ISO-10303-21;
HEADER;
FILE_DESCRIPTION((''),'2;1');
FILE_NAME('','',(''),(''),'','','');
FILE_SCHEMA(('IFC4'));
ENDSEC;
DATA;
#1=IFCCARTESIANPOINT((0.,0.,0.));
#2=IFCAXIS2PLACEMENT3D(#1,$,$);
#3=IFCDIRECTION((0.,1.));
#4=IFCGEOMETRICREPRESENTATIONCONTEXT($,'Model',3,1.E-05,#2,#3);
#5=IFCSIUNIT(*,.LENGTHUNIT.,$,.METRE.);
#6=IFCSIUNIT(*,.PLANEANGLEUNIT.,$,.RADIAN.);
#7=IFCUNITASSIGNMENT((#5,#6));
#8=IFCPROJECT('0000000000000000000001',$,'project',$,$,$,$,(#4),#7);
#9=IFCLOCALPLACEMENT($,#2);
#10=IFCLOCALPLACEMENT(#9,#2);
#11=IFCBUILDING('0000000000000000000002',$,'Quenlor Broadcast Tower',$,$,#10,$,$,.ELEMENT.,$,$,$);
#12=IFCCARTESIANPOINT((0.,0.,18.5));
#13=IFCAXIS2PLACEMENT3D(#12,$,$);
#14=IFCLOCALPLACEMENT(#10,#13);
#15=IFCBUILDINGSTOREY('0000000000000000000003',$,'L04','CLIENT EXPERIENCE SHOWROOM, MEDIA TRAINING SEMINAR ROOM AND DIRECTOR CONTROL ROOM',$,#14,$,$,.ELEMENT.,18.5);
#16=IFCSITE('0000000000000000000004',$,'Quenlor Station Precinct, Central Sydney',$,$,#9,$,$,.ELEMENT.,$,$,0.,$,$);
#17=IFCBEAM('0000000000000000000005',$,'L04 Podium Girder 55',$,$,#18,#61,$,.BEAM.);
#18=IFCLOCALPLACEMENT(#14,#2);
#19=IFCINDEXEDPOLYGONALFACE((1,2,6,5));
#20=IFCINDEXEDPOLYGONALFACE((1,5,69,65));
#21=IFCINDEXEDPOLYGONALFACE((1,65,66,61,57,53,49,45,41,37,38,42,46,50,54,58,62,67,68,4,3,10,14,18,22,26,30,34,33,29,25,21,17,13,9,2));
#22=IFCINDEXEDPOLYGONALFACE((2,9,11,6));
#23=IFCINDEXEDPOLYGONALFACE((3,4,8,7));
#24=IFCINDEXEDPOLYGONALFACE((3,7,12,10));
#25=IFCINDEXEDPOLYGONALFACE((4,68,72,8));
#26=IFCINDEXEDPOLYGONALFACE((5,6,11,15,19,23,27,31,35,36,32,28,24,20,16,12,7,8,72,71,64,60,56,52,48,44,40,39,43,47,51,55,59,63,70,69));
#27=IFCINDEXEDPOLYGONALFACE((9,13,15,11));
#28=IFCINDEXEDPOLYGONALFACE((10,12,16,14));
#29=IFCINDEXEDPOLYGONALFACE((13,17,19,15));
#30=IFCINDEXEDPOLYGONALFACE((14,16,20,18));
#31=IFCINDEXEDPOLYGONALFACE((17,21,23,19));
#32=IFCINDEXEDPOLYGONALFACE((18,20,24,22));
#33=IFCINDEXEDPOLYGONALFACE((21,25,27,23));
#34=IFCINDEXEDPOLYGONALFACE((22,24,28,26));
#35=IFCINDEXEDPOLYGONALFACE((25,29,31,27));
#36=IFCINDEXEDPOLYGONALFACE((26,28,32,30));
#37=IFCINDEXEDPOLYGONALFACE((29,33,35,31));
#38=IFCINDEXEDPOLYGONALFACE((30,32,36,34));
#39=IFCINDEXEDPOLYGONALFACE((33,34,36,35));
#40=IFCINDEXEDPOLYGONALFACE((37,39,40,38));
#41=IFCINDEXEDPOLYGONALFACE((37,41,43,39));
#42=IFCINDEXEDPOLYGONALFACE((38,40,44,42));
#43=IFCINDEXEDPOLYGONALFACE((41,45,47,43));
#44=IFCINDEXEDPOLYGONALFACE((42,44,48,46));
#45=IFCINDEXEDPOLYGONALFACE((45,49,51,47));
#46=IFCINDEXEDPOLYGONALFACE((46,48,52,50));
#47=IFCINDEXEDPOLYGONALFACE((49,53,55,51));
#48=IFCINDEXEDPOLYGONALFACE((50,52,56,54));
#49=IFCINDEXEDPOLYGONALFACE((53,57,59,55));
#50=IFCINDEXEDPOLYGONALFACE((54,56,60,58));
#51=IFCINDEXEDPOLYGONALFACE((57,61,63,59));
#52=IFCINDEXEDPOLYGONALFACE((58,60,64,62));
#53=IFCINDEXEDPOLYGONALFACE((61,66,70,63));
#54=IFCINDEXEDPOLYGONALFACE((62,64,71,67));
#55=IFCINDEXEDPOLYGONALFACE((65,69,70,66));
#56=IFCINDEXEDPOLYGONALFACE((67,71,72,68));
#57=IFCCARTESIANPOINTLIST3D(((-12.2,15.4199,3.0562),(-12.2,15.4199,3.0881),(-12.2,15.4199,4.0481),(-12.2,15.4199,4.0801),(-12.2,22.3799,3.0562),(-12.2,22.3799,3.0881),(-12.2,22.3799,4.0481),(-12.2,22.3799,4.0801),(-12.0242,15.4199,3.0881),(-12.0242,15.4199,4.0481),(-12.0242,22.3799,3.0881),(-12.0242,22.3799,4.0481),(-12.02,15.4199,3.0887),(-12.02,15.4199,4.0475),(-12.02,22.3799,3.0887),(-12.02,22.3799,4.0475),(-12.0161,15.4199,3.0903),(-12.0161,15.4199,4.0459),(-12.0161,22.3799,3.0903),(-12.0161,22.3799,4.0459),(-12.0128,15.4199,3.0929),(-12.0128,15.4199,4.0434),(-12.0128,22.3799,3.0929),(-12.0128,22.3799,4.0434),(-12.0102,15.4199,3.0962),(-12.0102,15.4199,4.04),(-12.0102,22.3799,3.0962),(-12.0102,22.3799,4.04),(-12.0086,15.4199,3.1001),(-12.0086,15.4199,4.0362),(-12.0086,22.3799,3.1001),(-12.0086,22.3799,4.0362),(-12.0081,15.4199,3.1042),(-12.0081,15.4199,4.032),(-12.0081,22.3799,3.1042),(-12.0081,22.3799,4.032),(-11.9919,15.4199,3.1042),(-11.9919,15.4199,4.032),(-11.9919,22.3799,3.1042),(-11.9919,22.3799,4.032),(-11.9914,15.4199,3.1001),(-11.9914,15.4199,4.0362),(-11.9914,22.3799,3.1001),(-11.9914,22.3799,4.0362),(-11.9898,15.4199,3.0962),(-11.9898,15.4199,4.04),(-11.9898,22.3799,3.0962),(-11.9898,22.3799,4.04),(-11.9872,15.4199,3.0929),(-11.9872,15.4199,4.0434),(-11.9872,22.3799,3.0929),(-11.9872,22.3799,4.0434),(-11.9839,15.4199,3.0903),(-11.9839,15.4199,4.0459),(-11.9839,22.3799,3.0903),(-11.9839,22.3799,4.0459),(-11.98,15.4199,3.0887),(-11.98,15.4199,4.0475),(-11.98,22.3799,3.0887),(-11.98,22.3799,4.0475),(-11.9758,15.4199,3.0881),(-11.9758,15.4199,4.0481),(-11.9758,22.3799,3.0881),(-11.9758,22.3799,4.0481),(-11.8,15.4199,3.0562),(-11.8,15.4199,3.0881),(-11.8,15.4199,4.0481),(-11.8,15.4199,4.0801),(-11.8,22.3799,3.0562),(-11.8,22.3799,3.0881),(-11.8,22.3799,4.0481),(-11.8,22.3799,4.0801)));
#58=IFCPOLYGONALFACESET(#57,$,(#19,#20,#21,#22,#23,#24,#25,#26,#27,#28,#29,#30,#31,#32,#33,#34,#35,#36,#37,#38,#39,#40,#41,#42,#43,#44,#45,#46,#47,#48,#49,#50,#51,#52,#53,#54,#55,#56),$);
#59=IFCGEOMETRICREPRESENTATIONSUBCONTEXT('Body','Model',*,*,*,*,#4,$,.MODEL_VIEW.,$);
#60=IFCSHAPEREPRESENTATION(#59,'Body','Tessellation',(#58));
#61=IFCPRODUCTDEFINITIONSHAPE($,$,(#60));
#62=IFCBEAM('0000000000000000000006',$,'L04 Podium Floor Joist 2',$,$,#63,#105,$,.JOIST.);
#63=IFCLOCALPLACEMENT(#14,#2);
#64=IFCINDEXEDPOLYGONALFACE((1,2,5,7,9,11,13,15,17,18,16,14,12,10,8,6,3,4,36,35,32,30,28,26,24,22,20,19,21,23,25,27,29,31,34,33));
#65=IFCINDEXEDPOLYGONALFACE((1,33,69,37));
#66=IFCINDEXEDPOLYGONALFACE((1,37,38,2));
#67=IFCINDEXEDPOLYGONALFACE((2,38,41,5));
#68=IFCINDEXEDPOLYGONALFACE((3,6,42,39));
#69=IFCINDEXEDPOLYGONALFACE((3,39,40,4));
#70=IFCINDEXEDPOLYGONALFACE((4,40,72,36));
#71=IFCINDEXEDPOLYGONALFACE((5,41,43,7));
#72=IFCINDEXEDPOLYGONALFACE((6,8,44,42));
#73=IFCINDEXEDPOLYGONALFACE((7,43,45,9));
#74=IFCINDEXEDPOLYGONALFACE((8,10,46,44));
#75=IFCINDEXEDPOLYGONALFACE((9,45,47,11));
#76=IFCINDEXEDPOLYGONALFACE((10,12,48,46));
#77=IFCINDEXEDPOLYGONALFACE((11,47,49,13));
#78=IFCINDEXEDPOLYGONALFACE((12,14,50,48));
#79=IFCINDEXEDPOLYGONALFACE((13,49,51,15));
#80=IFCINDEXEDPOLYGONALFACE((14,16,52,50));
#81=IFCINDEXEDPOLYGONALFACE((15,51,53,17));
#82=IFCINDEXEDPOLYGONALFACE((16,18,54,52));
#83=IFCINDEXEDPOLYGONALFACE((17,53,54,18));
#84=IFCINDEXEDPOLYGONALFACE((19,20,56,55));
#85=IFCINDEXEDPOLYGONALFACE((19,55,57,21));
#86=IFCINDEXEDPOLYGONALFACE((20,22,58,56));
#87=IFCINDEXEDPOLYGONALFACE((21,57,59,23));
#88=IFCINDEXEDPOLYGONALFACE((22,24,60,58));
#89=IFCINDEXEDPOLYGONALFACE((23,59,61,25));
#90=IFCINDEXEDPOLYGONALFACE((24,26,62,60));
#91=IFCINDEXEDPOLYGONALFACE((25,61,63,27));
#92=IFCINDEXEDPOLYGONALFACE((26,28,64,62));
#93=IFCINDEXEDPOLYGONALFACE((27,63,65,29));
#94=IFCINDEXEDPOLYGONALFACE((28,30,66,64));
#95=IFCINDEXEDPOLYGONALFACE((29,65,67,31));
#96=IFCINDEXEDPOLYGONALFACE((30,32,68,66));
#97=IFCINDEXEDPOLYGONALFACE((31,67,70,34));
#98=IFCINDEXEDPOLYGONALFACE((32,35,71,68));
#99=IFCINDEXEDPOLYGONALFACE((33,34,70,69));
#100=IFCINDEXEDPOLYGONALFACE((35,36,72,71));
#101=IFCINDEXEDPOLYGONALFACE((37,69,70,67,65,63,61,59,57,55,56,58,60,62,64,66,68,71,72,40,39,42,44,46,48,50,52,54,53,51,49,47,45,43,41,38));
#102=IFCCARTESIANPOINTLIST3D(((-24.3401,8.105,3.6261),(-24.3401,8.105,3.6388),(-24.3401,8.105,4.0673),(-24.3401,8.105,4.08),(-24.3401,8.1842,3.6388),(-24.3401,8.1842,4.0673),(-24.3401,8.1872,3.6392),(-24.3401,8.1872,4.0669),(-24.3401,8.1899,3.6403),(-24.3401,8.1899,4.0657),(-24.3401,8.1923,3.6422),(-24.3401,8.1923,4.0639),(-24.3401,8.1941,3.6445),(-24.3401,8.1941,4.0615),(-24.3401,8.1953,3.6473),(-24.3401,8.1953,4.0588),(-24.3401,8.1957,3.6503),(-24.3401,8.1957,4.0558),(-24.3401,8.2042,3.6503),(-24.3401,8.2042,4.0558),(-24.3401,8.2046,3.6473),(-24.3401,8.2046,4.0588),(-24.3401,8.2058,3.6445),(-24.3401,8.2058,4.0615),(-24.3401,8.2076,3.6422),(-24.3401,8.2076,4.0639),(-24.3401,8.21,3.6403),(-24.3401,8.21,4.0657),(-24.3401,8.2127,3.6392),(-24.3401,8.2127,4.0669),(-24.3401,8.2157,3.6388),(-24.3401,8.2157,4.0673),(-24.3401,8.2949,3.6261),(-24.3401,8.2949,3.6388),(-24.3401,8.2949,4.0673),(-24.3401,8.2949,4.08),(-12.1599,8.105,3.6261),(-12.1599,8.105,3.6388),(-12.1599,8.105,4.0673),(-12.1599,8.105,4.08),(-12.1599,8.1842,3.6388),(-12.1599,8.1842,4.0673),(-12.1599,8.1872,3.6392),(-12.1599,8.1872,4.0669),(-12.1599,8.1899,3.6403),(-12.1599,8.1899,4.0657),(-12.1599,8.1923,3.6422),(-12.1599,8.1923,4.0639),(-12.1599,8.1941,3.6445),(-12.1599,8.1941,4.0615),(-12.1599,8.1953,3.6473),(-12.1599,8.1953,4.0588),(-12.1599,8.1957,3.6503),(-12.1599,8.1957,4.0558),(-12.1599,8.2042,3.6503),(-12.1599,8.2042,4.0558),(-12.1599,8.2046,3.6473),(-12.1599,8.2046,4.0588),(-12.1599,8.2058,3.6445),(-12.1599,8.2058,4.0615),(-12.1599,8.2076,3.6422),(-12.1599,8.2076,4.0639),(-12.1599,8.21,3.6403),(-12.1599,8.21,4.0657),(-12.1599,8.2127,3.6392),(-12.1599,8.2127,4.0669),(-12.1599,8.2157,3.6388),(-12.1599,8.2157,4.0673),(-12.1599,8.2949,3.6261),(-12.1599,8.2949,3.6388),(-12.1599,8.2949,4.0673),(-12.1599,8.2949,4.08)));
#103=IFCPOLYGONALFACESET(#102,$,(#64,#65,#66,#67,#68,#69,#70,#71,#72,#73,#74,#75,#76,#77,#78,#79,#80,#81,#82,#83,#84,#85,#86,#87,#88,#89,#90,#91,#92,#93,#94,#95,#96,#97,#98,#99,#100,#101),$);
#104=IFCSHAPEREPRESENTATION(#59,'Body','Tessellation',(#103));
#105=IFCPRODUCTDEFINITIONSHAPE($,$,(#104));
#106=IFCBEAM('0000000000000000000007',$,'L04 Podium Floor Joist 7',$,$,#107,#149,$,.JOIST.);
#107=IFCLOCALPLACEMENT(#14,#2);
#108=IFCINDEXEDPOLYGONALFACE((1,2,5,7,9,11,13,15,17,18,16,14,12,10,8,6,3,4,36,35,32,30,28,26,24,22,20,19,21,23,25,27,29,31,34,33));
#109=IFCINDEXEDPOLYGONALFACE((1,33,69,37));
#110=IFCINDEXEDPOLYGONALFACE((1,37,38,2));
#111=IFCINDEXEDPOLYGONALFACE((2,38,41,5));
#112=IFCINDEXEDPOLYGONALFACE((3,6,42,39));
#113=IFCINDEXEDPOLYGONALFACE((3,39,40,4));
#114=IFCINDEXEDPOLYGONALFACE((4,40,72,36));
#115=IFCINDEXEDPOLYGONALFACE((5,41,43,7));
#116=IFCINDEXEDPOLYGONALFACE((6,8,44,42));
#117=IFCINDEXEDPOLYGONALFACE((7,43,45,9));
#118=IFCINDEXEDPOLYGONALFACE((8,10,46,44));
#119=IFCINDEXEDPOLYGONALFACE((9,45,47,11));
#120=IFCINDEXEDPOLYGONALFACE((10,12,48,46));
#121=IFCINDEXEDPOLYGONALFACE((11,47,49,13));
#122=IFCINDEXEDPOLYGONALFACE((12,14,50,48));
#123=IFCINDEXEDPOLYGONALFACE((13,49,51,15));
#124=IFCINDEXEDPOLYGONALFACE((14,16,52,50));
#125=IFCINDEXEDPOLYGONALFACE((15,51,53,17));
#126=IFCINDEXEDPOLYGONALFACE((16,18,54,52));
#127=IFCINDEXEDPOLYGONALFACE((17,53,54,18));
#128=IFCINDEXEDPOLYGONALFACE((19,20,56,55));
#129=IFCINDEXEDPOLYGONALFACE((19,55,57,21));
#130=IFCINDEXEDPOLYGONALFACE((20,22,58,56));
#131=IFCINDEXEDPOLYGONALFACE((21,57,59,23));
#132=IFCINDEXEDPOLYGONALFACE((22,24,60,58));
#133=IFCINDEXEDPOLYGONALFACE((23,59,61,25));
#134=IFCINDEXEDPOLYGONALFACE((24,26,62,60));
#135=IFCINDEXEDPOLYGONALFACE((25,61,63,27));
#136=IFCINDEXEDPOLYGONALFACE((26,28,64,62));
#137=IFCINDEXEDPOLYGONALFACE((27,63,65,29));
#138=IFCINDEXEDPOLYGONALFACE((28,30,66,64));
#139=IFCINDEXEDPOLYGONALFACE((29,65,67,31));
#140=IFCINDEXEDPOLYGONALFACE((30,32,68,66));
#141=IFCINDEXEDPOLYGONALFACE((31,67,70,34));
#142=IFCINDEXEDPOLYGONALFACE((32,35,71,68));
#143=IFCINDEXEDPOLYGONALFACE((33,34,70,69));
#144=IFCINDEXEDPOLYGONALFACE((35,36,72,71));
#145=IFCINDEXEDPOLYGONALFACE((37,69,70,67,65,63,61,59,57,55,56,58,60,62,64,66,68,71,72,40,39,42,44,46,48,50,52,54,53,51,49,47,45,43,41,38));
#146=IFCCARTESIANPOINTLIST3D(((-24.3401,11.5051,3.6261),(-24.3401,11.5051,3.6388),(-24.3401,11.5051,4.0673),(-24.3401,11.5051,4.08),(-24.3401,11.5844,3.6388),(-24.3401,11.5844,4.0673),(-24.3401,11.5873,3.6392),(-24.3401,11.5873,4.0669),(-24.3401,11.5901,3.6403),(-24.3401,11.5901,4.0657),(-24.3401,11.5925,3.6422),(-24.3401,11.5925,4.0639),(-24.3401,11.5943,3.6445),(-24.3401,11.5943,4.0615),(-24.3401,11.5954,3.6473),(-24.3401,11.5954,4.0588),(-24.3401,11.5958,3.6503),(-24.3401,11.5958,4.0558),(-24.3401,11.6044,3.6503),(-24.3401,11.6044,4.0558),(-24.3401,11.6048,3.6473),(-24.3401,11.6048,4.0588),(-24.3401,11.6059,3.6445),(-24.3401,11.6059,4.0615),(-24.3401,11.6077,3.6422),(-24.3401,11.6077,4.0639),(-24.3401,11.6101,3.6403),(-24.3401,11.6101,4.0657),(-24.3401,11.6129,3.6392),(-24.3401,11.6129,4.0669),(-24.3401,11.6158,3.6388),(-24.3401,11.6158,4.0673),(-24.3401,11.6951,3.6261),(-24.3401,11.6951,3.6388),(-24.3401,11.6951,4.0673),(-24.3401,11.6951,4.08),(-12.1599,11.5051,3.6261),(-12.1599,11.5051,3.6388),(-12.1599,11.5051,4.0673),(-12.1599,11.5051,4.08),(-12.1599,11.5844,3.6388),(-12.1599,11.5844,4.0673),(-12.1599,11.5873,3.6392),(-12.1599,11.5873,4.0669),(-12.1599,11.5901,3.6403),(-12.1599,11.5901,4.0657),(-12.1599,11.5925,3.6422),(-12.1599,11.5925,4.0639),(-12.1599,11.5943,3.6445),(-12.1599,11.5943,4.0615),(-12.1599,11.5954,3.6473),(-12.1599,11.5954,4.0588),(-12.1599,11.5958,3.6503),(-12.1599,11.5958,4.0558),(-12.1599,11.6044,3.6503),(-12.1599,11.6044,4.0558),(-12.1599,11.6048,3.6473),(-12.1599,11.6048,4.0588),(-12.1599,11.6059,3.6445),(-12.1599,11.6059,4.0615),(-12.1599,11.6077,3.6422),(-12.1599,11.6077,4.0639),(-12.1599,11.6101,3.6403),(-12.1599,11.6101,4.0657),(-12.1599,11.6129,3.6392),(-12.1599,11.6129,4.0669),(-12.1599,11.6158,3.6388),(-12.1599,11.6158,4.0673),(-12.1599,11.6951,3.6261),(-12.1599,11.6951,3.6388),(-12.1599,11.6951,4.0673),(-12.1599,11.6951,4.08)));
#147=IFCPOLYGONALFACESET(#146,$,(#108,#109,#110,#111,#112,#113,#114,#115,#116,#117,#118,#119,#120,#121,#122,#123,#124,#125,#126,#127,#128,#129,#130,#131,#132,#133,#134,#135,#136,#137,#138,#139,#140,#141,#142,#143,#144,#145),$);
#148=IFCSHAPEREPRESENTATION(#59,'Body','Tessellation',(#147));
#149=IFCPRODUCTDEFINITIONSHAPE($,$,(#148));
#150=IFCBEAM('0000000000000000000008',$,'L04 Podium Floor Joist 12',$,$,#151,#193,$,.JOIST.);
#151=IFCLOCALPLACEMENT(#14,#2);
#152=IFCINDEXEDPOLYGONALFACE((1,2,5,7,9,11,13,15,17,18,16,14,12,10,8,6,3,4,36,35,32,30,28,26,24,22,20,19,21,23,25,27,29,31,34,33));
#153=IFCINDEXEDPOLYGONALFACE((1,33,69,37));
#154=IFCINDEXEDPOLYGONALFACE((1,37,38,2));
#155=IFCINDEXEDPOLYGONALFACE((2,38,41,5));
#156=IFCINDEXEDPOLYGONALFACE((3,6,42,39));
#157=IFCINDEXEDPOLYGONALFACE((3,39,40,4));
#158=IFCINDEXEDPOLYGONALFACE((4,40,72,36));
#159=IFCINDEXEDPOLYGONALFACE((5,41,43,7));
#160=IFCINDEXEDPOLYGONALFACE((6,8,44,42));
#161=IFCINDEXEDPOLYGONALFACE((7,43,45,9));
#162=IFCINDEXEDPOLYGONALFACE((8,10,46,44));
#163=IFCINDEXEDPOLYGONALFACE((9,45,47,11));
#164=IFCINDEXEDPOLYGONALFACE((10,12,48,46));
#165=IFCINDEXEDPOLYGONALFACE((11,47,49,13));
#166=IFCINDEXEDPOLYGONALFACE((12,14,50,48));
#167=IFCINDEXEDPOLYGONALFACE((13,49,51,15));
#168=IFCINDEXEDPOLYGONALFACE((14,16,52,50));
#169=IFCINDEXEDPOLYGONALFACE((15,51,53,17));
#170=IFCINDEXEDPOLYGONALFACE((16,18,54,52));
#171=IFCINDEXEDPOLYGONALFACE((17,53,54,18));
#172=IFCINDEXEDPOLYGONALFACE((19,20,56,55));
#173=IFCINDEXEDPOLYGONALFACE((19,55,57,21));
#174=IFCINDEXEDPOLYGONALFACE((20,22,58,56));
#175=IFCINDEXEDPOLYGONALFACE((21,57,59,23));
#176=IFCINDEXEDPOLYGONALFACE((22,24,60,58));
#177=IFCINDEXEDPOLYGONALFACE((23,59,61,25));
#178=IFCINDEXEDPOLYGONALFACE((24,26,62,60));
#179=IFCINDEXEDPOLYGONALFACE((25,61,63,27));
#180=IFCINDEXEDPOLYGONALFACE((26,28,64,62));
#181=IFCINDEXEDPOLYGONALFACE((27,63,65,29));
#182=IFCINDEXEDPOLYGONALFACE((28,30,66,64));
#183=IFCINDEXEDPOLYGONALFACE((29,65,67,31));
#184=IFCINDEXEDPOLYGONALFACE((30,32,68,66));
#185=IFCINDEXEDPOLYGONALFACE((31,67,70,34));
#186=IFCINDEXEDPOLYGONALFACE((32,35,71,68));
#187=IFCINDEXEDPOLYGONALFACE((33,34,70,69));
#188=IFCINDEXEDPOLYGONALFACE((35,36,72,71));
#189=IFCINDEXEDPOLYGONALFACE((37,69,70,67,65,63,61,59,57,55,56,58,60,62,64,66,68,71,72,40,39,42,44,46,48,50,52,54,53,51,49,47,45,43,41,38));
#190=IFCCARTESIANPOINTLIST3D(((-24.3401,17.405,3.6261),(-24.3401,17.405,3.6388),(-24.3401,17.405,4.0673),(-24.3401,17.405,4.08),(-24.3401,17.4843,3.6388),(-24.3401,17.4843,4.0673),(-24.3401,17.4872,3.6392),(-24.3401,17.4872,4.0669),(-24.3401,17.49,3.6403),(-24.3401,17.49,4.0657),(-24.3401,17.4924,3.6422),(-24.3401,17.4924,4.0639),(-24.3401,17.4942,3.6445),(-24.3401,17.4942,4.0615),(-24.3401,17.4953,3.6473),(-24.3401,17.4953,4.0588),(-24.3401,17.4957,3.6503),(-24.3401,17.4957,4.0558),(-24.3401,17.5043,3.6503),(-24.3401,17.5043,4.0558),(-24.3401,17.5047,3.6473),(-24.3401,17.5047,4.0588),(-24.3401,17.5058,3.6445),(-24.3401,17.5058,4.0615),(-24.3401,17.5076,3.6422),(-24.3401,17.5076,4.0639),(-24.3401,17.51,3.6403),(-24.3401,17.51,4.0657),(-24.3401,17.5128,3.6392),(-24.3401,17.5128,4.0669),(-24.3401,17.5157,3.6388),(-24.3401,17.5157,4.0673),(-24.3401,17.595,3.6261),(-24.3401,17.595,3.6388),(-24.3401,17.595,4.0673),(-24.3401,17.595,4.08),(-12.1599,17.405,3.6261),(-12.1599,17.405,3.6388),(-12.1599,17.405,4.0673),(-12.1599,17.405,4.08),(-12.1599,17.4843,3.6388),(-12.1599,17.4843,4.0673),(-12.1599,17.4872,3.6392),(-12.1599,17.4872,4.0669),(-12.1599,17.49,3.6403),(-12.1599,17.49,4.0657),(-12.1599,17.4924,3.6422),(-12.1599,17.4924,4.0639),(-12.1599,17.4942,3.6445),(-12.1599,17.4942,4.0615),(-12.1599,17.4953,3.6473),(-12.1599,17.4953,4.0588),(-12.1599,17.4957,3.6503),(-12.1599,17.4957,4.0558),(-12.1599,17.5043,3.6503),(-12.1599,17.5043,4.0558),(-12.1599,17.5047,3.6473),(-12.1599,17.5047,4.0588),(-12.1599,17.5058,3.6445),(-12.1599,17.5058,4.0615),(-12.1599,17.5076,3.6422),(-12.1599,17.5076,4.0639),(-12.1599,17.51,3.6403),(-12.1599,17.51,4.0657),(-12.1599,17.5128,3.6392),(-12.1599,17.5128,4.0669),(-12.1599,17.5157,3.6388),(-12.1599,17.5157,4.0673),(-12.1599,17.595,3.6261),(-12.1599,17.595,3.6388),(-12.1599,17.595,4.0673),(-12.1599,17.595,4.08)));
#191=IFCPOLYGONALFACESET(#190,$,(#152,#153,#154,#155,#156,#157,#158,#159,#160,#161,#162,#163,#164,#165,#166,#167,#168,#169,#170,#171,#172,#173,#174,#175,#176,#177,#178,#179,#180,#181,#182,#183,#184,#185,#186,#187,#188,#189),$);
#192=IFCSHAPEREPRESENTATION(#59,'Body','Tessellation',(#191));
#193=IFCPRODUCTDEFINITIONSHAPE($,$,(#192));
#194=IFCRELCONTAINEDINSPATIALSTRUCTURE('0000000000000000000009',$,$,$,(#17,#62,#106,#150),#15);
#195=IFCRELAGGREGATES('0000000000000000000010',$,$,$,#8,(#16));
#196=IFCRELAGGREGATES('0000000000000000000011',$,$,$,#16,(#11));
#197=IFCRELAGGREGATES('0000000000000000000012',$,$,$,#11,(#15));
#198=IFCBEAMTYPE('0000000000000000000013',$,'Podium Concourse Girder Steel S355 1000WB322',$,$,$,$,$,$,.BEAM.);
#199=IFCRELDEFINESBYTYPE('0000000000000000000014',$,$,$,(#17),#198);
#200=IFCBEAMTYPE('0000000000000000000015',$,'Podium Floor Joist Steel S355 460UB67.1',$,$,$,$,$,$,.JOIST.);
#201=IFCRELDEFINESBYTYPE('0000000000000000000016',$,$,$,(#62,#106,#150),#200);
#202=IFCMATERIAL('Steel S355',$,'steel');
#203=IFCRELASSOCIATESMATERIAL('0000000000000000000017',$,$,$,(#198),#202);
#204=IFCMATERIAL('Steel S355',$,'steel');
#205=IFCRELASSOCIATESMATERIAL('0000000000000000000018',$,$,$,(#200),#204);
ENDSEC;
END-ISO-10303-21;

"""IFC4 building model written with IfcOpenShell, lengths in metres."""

from ifc_helpers import new_model, si_unit, direction, frame, origin, origin_2d, place, context, subcontext, project, spatial, i_section, extrude, material, material_profile, profile_set, type_object, element, save


model = new_model("IFC4")

# Units and contexts
model_context = context("Model", 3, precision=1e-05, world=origin(), true_north=direction((0.0, 1.0)))
body_context = subcontext(model_context, "Body", "Model", "MODEL_VIEW")
ifc_project = project(units=[si_unit("LENGTHUNIT", "METRE"), si_unit("PLANEANGLEUNIT", "RADIAN")], contexts=[model_context])

# Site, building, storey
site_placement = place(None, origin())
site = spatial("IfcSite", under=ifc_project, at=site_placement, Name="Quenlor Station Precinct, Central Sydney", CompositionType="ELEMENT", RefElevation=0.0)
building_placement = place(site_placement, origin())
building = spatial("IfcBuilding", under=site, at=building_placement, Name="Quenlor Broadcast Tower", CompositionType="ELEMENT")
storey_placement = place(building_placement, frame((0.0, 0.0, 18.5)))
storey = spatial("IfcBuildingStorey", under=building, at=storey_placement, Name="L04", Description="CLIENT EXPERIENCE SHOWROOM, MEDIA TRAINING SEMINAR ROOM AND DIRECTOR CONTROL ROOM", CompositionType="ELEMENT", Elevation=18.5)

# Beams
ifc_material_1 = material(Name="Steel S355", Category="steel")
ifc_material_profile_1 = material_profile(ifc_material_1, i_section(OverallWidth=0.3999, OverallDepth=1.0239, WebThickness=0.0161, FlangeThickness=0.032, FilletRadius=0.0161, at=origin_2d()))
ifc_profile_set_1 = profile_set([ifc_material_profile_1], Name="Steel S355 1000WB322")
beam_type_1 = type_object("IfcBeamType", Name="Podium Concourse Girder Steel S355 1000WB322", PredefinedType="BEAM", material=ifc_profile_set_1)
beam_1_placement = place(storey_placement, frame((-12.0, 15.4199, 3.5681), z_axis=(0.0, 1.0, 0.0), x_axis=(-1.0, 0.0, 0.0)))
element("IfcBeam", 1, at=beam_1_placement, inside=storey, type_object=beam_type_1, Name="L04 Podium Girder 55", PredefinedType="BEAM", context=body_context, shape_type="SweptSolid", body=[
    extrude(i_section(OverallWidth=0.3999, OverallDepth=1.0239, WebThickness=0.0161, FlangeThickness=0.032, FilletRadius=0.0161, at=origin_2d()), origin(), (0.0, 0.0, 1.0), 6.96),
])
ifc_material_2 = material(Name="Steel S355", Category="steel")
ifc_material_profile_2 = material_profile(ifc_material_2, i_section(OverallWidth=0.1899, OverallDepth=0.4539, WebThickness=0.0085, FlangeThickness=0.0127, FilletRadius=0.0115, at=origin_2d()))
ifc_profile_set_2 = profile_set([ifc_material_profile_2], Name="Steel S355 460UB67.1")
beam_type_2 = type_object("IfcBeamType", Name="Podium Floor Joist Steel S355 460UB67.1", PredefinedType="JOIST", material=ifc_profile_set_2)
for number, where, z_axis, x_axis, name in (
    (2, (-24.3401, 8.2, 3.853), (1.0, 0.0, 0.0), (0.0, 1.0, 0.0), "L04 Podium Floor Joist 2"),
    (3, (-24.3401, 11.6001, 3.853), (1.0, 0.0, 0.0), (0.0, 1.0, 0.0), "L04 Podium Floor Joist 7"),
    (4, (-24.3401, 17.5, 3.853), (1.0, 0.0, 0.0), (0.0, 1.0, 0.0), "L04 Podium Floor Joist 12"),
):
    element("IfcBeam", number, at=place(storey_placement, frame(where, z_axis=z_axis, x_axis=x_axis)), inside=storey, type_object=beam_type_2, Name=name, PredefinedType="JOIST", context=body_context, shape_type="SweptSolid", body=[
        extrude(i_section(OverallWidth=0.1899, OverallDepth=0.4539, WebThickness=0.0085, FlangeThickness=0.0127, FilletRadius=0.0115, at=origin_2d()), origin(), (0.0, 0.0, 1.0), 12.1802),
    ])

save(model, "model.ifc")
